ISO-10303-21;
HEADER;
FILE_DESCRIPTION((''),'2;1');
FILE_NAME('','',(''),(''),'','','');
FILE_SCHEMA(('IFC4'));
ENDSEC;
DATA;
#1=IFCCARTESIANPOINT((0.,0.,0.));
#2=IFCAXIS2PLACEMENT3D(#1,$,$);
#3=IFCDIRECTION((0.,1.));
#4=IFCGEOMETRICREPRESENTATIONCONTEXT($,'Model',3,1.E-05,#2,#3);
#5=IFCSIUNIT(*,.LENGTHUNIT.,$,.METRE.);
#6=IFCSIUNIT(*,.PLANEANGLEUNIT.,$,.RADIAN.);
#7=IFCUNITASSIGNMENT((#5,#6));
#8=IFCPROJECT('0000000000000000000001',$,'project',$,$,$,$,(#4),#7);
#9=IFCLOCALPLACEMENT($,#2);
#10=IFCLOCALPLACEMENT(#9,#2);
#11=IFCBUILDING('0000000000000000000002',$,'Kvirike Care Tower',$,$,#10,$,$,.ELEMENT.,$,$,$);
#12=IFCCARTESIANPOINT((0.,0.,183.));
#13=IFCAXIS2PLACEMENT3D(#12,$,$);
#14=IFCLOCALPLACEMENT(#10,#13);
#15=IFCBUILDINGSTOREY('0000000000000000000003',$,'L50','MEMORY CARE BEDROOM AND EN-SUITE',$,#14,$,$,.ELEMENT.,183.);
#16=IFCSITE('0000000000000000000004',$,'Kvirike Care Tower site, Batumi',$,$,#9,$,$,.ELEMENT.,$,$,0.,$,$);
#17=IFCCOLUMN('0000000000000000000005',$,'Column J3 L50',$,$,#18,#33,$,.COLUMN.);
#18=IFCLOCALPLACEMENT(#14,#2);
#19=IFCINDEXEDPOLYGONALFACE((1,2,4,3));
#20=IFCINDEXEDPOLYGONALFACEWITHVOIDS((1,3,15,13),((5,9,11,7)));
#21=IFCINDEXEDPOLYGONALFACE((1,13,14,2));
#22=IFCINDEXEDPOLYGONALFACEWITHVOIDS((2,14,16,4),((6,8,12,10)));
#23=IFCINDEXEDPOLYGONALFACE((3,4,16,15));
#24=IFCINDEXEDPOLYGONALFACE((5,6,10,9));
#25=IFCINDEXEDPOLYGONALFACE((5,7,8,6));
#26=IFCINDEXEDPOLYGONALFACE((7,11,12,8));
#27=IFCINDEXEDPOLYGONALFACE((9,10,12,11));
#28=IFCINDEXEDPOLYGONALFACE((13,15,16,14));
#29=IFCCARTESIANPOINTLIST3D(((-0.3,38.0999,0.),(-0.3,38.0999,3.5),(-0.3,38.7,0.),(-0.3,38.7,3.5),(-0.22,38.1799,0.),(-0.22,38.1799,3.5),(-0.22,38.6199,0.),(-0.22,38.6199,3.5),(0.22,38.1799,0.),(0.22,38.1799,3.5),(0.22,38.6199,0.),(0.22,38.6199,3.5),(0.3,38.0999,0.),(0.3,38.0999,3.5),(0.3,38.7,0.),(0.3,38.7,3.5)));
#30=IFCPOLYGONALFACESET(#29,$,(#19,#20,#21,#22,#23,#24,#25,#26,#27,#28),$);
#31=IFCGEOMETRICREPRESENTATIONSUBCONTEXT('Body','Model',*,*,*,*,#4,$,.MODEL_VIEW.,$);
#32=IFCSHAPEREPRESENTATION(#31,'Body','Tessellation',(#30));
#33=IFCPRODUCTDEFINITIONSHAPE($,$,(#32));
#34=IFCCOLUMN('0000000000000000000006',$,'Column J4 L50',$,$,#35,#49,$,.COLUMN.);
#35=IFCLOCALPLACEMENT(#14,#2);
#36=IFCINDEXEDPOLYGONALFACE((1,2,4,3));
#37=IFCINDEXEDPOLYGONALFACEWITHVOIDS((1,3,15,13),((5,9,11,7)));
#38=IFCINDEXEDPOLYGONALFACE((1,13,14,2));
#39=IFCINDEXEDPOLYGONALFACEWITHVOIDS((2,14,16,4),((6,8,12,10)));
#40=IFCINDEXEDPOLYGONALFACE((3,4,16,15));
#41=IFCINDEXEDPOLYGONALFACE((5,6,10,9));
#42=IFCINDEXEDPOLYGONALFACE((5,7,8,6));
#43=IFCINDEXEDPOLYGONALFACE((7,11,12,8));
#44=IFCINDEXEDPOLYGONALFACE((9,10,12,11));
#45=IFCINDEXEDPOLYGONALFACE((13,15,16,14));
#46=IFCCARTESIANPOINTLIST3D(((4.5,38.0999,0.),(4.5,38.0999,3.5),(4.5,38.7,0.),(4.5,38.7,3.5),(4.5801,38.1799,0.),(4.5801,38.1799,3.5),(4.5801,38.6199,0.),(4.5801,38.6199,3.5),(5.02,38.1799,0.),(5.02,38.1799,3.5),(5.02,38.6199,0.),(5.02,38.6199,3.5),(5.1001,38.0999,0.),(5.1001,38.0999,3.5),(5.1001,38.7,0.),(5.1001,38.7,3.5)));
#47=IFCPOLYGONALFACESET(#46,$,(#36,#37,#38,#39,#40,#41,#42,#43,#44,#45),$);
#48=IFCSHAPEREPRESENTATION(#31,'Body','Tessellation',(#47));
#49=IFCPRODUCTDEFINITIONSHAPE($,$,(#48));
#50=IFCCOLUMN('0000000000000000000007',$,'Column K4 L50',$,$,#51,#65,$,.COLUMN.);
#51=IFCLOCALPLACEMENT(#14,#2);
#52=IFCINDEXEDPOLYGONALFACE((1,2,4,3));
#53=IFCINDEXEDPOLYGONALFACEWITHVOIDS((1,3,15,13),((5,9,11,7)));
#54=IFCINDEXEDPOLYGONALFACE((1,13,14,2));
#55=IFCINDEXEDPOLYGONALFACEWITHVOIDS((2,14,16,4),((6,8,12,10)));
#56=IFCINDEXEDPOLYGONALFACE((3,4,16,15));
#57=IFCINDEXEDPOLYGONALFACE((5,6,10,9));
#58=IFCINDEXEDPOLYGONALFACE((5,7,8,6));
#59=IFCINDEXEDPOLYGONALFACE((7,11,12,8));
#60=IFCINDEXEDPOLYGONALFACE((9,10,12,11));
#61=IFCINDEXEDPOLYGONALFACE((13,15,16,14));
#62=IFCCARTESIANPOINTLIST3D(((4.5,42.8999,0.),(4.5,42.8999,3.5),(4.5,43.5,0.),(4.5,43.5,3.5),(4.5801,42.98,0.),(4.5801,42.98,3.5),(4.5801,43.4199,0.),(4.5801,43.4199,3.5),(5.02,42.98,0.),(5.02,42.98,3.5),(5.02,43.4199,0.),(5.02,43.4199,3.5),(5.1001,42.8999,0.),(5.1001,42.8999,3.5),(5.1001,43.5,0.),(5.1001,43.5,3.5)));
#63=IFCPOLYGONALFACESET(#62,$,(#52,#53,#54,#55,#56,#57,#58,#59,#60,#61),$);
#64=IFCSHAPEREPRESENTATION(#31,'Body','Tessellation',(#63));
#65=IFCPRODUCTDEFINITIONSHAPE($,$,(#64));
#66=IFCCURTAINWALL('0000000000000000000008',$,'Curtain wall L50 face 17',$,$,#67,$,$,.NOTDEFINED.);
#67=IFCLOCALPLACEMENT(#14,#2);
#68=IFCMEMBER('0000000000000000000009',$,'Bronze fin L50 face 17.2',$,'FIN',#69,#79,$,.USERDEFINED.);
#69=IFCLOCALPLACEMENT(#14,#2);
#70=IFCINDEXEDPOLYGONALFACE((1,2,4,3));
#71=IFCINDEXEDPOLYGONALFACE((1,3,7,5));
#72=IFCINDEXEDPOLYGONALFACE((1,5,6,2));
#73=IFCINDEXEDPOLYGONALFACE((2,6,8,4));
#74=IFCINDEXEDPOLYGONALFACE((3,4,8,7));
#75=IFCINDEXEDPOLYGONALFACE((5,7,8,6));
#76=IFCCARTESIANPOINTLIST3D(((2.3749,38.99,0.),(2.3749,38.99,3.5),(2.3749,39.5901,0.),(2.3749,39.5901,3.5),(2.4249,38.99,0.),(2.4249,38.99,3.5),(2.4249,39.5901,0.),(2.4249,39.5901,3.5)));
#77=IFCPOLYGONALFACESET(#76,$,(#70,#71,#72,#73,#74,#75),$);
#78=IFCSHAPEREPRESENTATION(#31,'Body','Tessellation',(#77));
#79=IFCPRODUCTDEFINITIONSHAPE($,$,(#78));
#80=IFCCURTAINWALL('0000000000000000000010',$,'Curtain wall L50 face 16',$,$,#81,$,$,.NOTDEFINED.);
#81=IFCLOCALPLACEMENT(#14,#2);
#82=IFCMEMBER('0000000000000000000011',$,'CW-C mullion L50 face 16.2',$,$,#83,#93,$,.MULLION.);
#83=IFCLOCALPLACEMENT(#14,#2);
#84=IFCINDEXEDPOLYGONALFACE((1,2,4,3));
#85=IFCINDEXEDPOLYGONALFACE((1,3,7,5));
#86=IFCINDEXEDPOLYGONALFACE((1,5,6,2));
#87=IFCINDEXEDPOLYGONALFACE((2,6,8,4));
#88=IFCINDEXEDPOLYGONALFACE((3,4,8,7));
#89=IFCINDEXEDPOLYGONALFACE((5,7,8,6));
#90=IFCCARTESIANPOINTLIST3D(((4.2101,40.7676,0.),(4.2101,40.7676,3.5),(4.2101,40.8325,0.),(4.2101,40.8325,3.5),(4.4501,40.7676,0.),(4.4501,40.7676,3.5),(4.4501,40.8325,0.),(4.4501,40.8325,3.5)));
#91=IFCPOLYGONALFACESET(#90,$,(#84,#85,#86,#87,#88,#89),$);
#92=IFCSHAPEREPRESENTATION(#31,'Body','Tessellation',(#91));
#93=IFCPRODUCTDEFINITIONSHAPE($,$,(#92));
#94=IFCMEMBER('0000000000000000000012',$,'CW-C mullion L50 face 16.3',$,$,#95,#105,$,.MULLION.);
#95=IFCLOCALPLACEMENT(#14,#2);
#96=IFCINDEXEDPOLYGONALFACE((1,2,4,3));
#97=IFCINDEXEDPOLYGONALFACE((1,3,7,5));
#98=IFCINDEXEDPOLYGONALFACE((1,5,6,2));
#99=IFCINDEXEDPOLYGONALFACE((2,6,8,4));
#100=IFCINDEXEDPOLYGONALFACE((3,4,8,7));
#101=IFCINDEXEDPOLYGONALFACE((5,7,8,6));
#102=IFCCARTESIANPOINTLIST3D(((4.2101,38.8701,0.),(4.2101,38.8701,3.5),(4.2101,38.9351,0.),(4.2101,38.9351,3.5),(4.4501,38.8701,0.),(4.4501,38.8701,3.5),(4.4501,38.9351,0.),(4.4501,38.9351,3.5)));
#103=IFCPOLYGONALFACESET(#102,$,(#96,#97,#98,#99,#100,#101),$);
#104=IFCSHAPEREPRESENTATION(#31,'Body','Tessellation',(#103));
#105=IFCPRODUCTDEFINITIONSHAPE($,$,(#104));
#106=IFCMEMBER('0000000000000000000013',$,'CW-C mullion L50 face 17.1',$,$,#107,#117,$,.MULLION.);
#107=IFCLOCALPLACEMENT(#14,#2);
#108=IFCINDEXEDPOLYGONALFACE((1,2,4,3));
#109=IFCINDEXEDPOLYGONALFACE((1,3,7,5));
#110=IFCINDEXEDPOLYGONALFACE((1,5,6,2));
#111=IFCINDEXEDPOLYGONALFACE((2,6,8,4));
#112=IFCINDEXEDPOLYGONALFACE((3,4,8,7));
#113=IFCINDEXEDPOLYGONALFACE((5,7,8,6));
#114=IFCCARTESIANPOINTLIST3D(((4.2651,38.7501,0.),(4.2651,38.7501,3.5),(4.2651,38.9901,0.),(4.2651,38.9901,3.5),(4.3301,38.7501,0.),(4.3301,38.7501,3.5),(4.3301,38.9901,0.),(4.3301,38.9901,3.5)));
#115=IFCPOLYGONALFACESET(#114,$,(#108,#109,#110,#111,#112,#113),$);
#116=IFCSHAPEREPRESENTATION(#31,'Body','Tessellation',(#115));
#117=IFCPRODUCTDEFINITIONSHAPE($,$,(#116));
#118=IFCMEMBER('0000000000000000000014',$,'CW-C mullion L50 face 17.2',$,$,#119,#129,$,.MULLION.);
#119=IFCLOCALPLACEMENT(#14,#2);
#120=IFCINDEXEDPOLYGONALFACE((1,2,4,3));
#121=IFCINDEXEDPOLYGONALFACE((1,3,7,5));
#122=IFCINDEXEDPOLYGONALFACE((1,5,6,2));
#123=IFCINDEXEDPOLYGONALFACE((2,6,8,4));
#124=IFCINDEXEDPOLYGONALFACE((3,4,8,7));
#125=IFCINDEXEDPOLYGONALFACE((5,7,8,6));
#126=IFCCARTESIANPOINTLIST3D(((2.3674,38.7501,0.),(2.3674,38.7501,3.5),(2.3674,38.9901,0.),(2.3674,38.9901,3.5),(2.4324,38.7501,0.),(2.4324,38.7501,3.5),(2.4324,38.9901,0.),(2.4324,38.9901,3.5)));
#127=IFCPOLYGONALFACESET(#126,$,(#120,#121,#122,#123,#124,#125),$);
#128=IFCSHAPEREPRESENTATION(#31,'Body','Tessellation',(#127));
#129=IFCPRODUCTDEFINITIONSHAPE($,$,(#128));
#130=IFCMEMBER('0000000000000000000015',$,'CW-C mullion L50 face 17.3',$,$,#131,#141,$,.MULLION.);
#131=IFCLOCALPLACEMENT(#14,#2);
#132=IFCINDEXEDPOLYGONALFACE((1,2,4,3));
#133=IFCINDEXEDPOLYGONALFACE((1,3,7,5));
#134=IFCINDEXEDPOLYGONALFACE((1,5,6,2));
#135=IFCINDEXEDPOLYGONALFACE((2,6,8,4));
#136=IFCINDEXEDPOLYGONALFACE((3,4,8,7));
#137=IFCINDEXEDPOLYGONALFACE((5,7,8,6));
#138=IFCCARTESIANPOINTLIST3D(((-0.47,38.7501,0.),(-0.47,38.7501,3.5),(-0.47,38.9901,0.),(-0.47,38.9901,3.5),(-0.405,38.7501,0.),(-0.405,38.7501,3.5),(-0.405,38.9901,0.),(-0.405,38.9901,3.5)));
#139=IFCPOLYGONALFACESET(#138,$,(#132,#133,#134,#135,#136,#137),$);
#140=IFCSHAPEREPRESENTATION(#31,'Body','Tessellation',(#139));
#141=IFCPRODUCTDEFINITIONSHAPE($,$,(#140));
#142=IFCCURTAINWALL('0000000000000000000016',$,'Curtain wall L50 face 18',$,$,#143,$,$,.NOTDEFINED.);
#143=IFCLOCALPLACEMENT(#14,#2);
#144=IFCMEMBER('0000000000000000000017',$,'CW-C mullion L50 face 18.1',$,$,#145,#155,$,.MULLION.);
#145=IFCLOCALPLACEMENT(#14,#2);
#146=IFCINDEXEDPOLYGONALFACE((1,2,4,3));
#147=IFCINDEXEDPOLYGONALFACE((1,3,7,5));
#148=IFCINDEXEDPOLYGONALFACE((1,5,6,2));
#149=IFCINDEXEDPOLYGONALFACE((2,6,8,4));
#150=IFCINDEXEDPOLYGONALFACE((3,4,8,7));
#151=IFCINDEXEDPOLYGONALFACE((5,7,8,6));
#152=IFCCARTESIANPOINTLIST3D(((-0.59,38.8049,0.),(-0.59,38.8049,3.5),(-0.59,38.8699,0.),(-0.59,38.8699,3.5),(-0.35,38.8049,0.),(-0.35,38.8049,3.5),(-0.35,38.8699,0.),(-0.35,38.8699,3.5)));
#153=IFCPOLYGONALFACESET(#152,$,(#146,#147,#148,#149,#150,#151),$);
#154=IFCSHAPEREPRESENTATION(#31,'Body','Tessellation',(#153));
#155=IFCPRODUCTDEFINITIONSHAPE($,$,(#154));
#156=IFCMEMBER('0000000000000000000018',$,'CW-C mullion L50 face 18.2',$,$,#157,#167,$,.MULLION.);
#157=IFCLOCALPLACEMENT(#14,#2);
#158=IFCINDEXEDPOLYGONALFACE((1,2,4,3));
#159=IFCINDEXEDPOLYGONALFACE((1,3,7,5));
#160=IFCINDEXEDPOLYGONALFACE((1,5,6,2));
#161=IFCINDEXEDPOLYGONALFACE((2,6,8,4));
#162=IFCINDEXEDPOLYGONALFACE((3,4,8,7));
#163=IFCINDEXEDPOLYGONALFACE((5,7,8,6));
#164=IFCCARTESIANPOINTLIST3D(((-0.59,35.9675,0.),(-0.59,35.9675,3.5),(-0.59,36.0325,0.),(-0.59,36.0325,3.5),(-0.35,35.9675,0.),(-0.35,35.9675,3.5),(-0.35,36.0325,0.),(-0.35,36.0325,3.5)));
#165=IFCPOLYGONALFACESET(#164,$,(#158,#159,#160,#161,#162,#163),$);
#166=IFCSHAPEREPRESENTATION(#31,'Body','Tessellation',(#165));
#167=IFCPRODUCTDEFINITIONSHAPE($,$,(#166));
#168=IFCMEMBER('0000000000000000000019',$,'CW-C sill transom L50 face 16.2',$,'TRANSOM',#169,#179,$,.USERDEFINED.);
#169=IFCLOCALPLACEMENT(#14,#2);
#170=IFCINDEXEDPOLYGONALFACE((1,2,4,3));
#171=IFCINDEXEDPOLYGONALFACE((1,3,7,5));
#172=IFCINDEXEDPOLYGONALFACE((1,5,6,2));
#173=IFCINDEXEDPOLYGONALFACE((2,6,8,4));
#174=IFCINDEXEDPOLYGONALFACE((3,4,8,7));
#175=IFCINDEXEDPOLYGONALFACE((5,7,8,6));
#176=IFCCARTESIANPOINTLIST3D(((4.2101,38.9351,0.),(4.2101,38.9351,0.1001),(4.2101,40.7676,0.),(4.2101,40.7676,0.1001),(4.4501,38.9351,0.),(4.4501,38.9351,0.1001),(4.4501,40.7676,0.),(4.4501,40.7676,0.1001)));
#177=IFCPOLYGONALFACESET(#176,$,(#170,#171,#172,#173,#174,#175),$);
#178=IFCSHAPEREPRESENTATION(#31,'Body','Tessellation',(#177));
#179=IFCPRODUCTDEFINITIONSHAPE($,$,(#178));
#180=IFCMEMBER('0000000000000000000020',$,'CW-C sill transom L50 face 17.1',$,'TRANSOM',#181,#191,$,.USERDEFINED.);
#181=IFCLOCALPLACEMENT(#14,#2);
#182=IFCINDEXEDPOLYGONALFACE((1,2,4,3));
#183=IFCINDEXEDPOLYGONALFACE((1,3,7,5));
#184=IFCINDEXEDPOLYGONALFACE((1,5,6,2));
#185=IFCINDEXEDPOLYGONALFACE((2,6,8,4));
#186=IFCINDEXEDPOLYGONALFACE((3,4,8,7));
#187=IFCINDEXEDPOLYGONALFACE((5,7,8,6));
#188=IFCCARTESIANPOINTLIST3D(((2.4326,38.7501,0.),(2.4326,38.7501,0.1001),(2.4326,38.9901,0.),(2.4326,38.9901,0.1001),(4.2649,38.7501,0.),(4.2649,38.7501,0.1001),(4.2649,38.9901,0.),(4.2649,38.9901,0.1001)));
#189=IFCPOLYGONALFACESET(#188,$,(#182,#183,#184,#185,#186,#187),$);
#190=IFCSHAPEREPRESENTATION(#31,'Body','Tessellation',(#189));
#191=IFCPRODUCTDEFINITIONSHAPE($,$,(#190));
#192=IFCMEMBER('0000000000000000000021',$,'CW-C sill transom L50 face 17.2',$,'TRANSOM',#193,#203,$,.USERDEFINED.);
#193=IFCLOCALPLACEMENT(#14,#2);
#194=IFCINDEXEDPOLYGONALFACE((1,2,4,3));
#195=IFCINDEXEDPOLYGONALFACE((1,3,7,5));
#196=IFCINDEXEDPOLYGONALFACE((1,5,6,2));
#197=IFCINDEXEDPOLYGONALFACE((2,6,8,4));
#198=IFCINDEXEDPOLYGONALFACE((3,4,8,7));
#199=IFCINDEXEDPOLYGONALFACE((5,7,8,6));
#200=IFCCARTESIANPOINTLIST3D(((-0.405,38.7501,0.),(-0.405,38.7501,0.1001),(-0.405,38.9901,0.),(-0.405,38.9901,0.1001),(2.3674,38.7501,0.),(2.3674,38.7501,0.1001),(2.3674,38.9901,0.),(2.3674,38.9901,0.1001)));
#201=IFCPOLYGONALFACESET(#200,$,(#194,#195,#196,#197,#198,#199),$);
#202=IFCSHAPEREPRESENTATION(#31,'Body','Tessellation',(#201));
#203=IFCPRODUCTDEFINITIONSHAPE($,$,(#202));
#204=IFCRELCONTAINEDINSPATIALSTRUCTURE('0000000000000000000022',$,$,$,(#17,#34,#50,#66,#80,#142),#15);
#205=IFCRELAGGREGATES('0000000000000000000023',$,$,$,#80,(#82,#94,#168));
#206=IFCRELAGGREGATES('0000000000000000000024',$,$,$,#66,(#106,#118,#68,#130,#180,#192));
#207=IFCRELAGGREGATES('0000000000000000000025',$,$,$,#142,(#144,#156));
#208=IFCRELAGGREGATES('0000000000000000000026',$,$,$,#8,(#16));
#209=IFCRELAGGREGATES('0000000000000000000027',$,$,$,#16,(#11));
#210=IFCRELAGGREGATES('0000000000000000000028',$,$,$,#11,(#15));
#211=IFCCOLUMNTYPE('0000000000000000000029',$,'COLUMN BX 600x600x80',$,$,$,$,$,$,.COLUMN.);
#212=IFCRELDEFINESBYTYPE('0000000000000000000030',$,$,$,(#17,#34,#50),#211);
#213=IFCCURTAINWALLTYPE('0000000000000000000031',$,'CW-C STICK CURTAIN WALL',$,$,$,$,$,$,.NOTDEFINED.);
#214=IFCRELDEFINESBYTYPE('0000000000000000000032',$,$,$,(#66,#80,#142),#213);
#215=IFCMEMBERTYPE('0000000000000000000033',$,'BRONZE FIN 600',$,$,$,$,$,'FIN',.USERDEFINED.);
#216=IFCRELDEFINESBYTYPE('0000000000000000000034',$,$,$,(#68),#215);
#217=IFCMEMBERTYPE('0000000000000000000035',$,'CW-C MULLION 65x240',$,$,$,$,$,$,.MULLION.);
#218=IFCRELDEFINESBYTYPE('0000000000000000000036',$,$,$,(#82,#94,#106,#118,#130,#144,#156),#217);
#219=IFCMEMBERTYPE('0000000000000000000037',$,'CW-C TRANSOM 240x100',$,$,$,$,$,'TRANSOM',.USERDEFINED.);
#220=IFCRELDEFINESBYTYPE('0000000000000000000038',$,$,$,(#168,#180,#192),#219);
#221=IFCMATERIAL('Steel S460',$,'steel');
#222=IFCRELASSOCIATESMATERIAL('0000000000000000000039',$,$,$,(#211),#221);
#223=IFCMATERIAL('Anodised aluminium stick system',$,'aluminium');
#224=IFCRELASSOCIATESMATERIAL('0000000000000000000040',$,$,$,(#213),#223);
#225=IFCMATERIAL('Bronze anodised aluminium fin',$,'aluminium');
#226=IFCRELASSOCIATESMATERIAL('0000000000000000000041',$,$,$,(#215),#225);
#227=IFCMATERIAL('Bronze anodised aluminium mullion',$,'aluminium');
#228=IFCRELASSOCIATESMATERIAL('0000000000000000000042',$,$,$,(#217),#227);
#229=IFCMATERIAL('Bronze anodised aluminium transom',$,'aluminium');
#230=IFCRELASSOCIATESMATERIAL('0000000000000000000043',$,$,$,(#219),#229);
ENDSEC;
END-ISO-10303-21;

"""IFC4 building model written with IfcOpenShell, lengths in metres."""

from ifc_helpers import new_model, si_unit, direction, frame, origin, origin_2d, place, context, subcontext, project, spatial, rectangle, hollow_rectangle, extrude, material, material_profile, profile_set, type_object, element, aggregate, save


model = new_model("IFC4")

# Units and contexts
model_context = context("Model", 3, precision=1e-05, world=origin(), true_north=direction((0.0, 1.0)))
body_context = subcontext(model_context, "Body", "Model", "MODEL_VIEW")
ifc_project = project(units=[si_unit("LENGTHUNIT", "METRE"), si_unit("PLANEANGLEUNIT", "RADIAN")], contexts=[model_context])

# Site, building, storey
site_placement = place(None, origin())
site = spatial("IfcSite", under=ifc_project, at=site_placement, Name="Kvirike Care Tower site, Batumi", CompositionType="ELEMENT", RefElevation=0.0)
building_placement = place(site_placement, origin())
building = spatial("IfcBuilding", under=site, at=building_placement, Name="Kvirike Care Tower", CompositionType="ELEMENT")
storey_placement = place(building_placement, frame((0.0, 0.0, 183.0)))
storey = spatial("IfcBuildingStorey", under=building, at=storey_placement, Name="L50", Description="MEMORY CARE BEDROOM AND EN-SUITE", CompositionType="ELEMENT", Elevation=183.0)

# Columns
ifc_material_1 = material(Name="Steel S460", Category="steel")
ifc_material_profile_1 = material_profile(ifc_material_1, hollow_rectangle(XDim=0.6001, YDim=0.6001, WallThickness=0.0801, at=origin_2d()), Name="BX 600x600x80")
ifc_profile_set_1 = profile_set([ifc_material_profile_1], Name="Steel S460")
column_type = type_object("IfcColumnType", Name="COLUMN BX 600x600x80", PredefinedType="COLUMN", material=ifc_profile_set_1)
for number, where, z_axis, x_axis, name in (
    (1, (0.0, 38.3999, 0.0), (0.0, 0.0, 1.0), (0.0, 1.0, 0.0), "Column J3 L50"),
    (2, (4.8, 38.3999, 0.0), (0.0, 0.0, 1.0), (0.0, 1.0, 0.0), "Column J4 L50"),
    (3, (4.8, 43.2, 0.0), (0.0, 0.0, 1.0), (0.0, 1.0, 0.0), "Column K4 L50"),
):
    element("IfcColumn", number, at=place(storey_placement, frame(where, z_axis=z_axis, x_axis=x_axis)), inside=storey, type_object=column_type, Name=name, PredefinedType="COLUMN", context=body_context, shape_type="SweptSolid", body=[
        extrude(hollow_rectangle(XDim=0.6001, YDim=0.6001, WallThickness=0.0801, at=origin_2d()), origin(), (0.0, 0.0, 1.0), 3.5),
    ])

# Curtain wall, member
ifc_material_2 = material(Name="Anodised aluminium stick system", Category="aluminium")
curtain_wall_type = type_object("IfcCurtainWallType", Name="CW-C STICK CURTAIN WALL", PredefinedType="NOTDEFINED", material=ifc_material_2)
curtain_wall_1_placement = place(storey_placement, origin())
curtain_wall_1 = element("IfcCurtainWall", 4, at=curtain_wall_1_placement, inside=storey, type_object=curtain_wall_type, Name="Curtain wall L50 face 17", PredefinedType="NOTDEFINED")
ifc_material_3 = material(Name="Bronze anodised aluminium fin", Category="aluminium")
ifc_material_profile_2 = material_profile(ifc_material_3, rectangle(XDim=0.05, YDim=0.6001, at=origin_2d()), Name="BRONZE FIN 600")
ifc_profile_set_2 = profile_set([ifc_material_profile_2], Name="Bronze anodised aluminium fin")
member_type_1 = type_object("IfcMemberType", Name="BRONZE FIN 600", ElementType="FIN", PredefinedType="USERDEFINED", material=ifc_profile_set_2)
member_1_placement = place(storey_placement, frame((2.3999, 39.29, 0.0), z_axis=(0.0, 0.0, 1.0), x_axis=(-1.0, 0.0, 0.0)))
member_1 = element("IfcMember", 5, at=member_1_placement, type_object=member_type_1, Name="Bronze fin L50 face 17.2", ObjectType="FIN", PredefinedType="USERDEFINED", context=body_context, shape_type="SweptSolid", body=[
    extrude(rectangle(XDim=0.05, YDim=0.6001, at=origin_2d()), origin(), (0.0, 0.0, 1.0), 3.5),
])

# Curtain wall, members
curtain_wall_2_placement = place(storey_placement, origin())
curtain_wall_2 = element("IfcCurtainWall", 6, at=curtain_wall_2_placement, inside=storey, type_object=curtain_wall_type, Name="Curtain wall L50 face 16", PredefinedType="NOTDEFINED")
ifc_material_4 = material(Name="Bronze anodised aluminium mullion", Category="aluminium")
ifc_material_profile_3 = material_profile(ifc_material_4, rectangle(XDim=0.0649, YDim=0.24, at=origin_2d()), Name="CW-C MULLION 65x240")
ifc_profile_set_3 = profile_set([ifc_material_profile_3], Name="Bronze anodised aluminium mullion")
member_type_2 = type_object("IfcMemberType", Name="CW-C MULLION 65x240", PredefinedType="MULLION", material=ifc_profile_set_3)
member_2_placement = place(storey_placement, frame((4.3301, 40.8, 0.0), z_axis=(0.0, 0.0, 1.0), x_axis=(0.0, -1.0, 0.0)))
member_2 = element("IfcMember", 7, at=member_2_placement, type_object=member_type_2, Name="CW-C mullion L50 face 16.2", PredefinedType="MULLION", context=body_context, shape_type="SweptSolid", body=[
    extrude(rectangle(XDim=0.0649, YDim=0.24, at=origin_2d()), origin(), (0.0, 0.0, 1.0), 3.5),
])
member_3_placement = place(storey_placement, frame((4.3301, 38.9026, 0.0), z_axis=(0.0, 0.0, 1.0), x_axis=(0.0, -1.0, 0.0)))
member_3 = element("IfcMember", 8, at=member_3_placement, type_object=member_type_2, Name="CW-C mullion L50 face 16.3", PredefinedType="MULLION", context=body_context, shape_type="SweptSolid", body=[
    extrude(rectangle(XDim=0.0649, YDim=0.24, at=origin_2d()), origin(), (0.0, 0.0, 1.0), 3.5),
])

# Members
member_4_placement = place(storey_placement, frame((4.2976, 38.8701, 0.0), z_axis=(0.0, 0.0, 1.0), x_axis=(-1.0, 0.0, 0.0)))
member_4 = element("IfcMember", 9, at=member_4_placement, type_object=member_type_2, Name="CW-C mullion L50 face 17.1", PredefinedType="MULLION", context=body_context, shape_type="SweptSolid", body=[
    extrude(rectangle(XDim=0.0649, YDim=0.24, at=origin_2d()), origin(), (0.0, 0.0, 1.0), 3.5),
])
member_5_placement = place(storey_placement, frame((2.3999, 38.8701, 0.0), z_axis=(0.0, 0.0, 1.0), x_axis=(-1.0, 0.0, 0.0)))
member_5 = element("IfcMember", 10, at=member_5_placement, type_object=member_type_2, Name="CW-C mullion L50 face 17.2", PredefinedType="MULLION", context=body_context, shape_type="SweptSolid", body=[
    extrude(rectangle(XDim=0.0649, YDim=0.24, at=origin_2d()), origin(), (0.0, 0.0, 1.0), 3.5),
])
member_6_placement = place(storey_placement, frame((-0.4375, 38.8701, 0.0), z_axis=(0.0, 0.0, 1.0), x_axis=(-1.0, 0.0, 0.0)))
member_6 = element("IfcMember", 11, at=member_6_placement, type_object=member_type_2, Name="CW-C mullion L50 face 17.3", PredefinedType="MULLION", context=body_context, shape_type="SweptSolid", body=[
    extrude(rectangle(XDim=0.0649, YDim=0.24, at=origin_2d()), origin(), (0.0, 0.0, 1.0), 3.5),
])

# Curtain wall, members
curtain_wall_3_placement = place(storey_placement, origin())
curtain_wall_3 = element("IfcCurtainWall", 12, at=curtain_wall_3_placement, inside=storey, type_object=curtain_wall_type, Name="Curtain wall L50 face 18", PredefinedType="NOTDEFINED")
member_7_placement = place(storey_placement, frame((-0.47, 38.8374, 0.0), z_axis=(0.0, 0.0, 1.0), x_axis=(0.0, -1.0, 0.0)))
member_7 = element("IfcMember", 13, at=member_7_placement, type_object=member_type_2, Name="CW-C mullion L50 face 18.1", PredefinedType="MULLION", context=body_context, shape_type="SweptSolid", body=[
    extrude(rectangle(XDim=0.0649, YDim=0.24, at=origin_2d()), origin(), (0.0, 0.0, 1.0), 3.5),
])
member_8_placement = place(storey_placement, frame((-0.47, 36.0, 0.0), z_axis=(0.0, 0.0, 1.0), x_axis=(0.0, -1.0, 0.0)))
member_8 = element("IfcMember", 14, at=member_8_placement, type_object=member_type_2, Name="CW-C mullion L50 face 18.2", PredefinedType="MULLION", context=body_context, shape_type="SweptSolid", body=[
    extrude(rectangle(XDim=0.0649, YDim=0.24, at=origin_2d()), origin(), (0.0, 0.0, 1.0), 3.5),
])

# Members
ifc_material_5 = material(Name="Bronze anodised aluminium transom", Category="aluminium")
ifc_material_profile_4 = material_profile(ifc_material_5, rectangle(XDim=0.24, YDim=0.1001, at=origin_2d()), Name="CW-C TRANSOM 240x100")
ifc_profile_set_4 = profile_set([ifc_material_profile_4], Name="Bronze anodised aluminium transom")
member_type_3 = type_object("IfcMemberType", Name="CW-C TRANSOM 240x100", ElementType="TRANSOM", PredefinedType="USERDEFINED", material=ifc_profile_set_4)
member_9_placement = place(storey_placement, frame((4.3301, 40.7676, 0.05), z_axis=(0.0, -1.0, 0.0), x_axis=(1.0, 0.0, 0.0)))
member_9 = element("IfcMember", 15, at=member_9_placement, type_object=member_type_3, Name="CW-C sill transom L50 face 16.2", ObjectType="TRANSOM", PredefinedType="USERDEFINED", context=body_context, shape_type="SweptSolid", body=[
    extrude(rectangle(XDim=0.24, YDim=0.1001, at=origin_2d()), origin(), (0.0, 0.0, 1.0), 1.8325),
])
member_10_placement = place(storey_placement, frame((4.2649, 38.8701, 0.05), z_axis=(-1.0, 0.0, 0.0), x_axis=(0.0, -1.0, 0.0)))
member_10 = element("IfcMember", 16, at=member_10_placement, type_object=member_type_3, Name="CW-C sill transom L50 face 17.1", ObjectType="TRANSOM", PredefinedType="USERDEFINED", context=body_context, shape_type="SweptSolid", body=[
    extrude(rectangle(XDim=0.24, YDim=0.1001, at=origin_2d()), origin(), (0.0, 0.0, 1.0), 1.8323),
])
member_11_placement = place(storey_placement, frame((2.3674, 38.8701, 0.05), z_axis=(-1.0, 0.0, 0.0), x_axis=(0.0, -1.0, 0.0)))
member_11 = element("IfcMember", 17, at=member_11_placement, type_object=member_type_3, Name="CW-C sill transom L50 face 17.2", ObjectType="TRANSOM", PredefinedType="USERDEFINED", context=body_context, shape_type="SweptSolid", body=[
    extrude(rectangle(XDim=0.24, YDim=0.1001, at=origin_2d()), origin(), (0.0, 0.0, 1.0), 2.7725),
])

aggregate(curtain_wall_2, [member_2, member_3, member_9])
aggregate(curtain_wall_1, [member_4, member_5, member_1, member_6, member_10, member_11])
aggregate(curtain_wall_3, [member_7, member_8])

save(model, "model.ifc")
